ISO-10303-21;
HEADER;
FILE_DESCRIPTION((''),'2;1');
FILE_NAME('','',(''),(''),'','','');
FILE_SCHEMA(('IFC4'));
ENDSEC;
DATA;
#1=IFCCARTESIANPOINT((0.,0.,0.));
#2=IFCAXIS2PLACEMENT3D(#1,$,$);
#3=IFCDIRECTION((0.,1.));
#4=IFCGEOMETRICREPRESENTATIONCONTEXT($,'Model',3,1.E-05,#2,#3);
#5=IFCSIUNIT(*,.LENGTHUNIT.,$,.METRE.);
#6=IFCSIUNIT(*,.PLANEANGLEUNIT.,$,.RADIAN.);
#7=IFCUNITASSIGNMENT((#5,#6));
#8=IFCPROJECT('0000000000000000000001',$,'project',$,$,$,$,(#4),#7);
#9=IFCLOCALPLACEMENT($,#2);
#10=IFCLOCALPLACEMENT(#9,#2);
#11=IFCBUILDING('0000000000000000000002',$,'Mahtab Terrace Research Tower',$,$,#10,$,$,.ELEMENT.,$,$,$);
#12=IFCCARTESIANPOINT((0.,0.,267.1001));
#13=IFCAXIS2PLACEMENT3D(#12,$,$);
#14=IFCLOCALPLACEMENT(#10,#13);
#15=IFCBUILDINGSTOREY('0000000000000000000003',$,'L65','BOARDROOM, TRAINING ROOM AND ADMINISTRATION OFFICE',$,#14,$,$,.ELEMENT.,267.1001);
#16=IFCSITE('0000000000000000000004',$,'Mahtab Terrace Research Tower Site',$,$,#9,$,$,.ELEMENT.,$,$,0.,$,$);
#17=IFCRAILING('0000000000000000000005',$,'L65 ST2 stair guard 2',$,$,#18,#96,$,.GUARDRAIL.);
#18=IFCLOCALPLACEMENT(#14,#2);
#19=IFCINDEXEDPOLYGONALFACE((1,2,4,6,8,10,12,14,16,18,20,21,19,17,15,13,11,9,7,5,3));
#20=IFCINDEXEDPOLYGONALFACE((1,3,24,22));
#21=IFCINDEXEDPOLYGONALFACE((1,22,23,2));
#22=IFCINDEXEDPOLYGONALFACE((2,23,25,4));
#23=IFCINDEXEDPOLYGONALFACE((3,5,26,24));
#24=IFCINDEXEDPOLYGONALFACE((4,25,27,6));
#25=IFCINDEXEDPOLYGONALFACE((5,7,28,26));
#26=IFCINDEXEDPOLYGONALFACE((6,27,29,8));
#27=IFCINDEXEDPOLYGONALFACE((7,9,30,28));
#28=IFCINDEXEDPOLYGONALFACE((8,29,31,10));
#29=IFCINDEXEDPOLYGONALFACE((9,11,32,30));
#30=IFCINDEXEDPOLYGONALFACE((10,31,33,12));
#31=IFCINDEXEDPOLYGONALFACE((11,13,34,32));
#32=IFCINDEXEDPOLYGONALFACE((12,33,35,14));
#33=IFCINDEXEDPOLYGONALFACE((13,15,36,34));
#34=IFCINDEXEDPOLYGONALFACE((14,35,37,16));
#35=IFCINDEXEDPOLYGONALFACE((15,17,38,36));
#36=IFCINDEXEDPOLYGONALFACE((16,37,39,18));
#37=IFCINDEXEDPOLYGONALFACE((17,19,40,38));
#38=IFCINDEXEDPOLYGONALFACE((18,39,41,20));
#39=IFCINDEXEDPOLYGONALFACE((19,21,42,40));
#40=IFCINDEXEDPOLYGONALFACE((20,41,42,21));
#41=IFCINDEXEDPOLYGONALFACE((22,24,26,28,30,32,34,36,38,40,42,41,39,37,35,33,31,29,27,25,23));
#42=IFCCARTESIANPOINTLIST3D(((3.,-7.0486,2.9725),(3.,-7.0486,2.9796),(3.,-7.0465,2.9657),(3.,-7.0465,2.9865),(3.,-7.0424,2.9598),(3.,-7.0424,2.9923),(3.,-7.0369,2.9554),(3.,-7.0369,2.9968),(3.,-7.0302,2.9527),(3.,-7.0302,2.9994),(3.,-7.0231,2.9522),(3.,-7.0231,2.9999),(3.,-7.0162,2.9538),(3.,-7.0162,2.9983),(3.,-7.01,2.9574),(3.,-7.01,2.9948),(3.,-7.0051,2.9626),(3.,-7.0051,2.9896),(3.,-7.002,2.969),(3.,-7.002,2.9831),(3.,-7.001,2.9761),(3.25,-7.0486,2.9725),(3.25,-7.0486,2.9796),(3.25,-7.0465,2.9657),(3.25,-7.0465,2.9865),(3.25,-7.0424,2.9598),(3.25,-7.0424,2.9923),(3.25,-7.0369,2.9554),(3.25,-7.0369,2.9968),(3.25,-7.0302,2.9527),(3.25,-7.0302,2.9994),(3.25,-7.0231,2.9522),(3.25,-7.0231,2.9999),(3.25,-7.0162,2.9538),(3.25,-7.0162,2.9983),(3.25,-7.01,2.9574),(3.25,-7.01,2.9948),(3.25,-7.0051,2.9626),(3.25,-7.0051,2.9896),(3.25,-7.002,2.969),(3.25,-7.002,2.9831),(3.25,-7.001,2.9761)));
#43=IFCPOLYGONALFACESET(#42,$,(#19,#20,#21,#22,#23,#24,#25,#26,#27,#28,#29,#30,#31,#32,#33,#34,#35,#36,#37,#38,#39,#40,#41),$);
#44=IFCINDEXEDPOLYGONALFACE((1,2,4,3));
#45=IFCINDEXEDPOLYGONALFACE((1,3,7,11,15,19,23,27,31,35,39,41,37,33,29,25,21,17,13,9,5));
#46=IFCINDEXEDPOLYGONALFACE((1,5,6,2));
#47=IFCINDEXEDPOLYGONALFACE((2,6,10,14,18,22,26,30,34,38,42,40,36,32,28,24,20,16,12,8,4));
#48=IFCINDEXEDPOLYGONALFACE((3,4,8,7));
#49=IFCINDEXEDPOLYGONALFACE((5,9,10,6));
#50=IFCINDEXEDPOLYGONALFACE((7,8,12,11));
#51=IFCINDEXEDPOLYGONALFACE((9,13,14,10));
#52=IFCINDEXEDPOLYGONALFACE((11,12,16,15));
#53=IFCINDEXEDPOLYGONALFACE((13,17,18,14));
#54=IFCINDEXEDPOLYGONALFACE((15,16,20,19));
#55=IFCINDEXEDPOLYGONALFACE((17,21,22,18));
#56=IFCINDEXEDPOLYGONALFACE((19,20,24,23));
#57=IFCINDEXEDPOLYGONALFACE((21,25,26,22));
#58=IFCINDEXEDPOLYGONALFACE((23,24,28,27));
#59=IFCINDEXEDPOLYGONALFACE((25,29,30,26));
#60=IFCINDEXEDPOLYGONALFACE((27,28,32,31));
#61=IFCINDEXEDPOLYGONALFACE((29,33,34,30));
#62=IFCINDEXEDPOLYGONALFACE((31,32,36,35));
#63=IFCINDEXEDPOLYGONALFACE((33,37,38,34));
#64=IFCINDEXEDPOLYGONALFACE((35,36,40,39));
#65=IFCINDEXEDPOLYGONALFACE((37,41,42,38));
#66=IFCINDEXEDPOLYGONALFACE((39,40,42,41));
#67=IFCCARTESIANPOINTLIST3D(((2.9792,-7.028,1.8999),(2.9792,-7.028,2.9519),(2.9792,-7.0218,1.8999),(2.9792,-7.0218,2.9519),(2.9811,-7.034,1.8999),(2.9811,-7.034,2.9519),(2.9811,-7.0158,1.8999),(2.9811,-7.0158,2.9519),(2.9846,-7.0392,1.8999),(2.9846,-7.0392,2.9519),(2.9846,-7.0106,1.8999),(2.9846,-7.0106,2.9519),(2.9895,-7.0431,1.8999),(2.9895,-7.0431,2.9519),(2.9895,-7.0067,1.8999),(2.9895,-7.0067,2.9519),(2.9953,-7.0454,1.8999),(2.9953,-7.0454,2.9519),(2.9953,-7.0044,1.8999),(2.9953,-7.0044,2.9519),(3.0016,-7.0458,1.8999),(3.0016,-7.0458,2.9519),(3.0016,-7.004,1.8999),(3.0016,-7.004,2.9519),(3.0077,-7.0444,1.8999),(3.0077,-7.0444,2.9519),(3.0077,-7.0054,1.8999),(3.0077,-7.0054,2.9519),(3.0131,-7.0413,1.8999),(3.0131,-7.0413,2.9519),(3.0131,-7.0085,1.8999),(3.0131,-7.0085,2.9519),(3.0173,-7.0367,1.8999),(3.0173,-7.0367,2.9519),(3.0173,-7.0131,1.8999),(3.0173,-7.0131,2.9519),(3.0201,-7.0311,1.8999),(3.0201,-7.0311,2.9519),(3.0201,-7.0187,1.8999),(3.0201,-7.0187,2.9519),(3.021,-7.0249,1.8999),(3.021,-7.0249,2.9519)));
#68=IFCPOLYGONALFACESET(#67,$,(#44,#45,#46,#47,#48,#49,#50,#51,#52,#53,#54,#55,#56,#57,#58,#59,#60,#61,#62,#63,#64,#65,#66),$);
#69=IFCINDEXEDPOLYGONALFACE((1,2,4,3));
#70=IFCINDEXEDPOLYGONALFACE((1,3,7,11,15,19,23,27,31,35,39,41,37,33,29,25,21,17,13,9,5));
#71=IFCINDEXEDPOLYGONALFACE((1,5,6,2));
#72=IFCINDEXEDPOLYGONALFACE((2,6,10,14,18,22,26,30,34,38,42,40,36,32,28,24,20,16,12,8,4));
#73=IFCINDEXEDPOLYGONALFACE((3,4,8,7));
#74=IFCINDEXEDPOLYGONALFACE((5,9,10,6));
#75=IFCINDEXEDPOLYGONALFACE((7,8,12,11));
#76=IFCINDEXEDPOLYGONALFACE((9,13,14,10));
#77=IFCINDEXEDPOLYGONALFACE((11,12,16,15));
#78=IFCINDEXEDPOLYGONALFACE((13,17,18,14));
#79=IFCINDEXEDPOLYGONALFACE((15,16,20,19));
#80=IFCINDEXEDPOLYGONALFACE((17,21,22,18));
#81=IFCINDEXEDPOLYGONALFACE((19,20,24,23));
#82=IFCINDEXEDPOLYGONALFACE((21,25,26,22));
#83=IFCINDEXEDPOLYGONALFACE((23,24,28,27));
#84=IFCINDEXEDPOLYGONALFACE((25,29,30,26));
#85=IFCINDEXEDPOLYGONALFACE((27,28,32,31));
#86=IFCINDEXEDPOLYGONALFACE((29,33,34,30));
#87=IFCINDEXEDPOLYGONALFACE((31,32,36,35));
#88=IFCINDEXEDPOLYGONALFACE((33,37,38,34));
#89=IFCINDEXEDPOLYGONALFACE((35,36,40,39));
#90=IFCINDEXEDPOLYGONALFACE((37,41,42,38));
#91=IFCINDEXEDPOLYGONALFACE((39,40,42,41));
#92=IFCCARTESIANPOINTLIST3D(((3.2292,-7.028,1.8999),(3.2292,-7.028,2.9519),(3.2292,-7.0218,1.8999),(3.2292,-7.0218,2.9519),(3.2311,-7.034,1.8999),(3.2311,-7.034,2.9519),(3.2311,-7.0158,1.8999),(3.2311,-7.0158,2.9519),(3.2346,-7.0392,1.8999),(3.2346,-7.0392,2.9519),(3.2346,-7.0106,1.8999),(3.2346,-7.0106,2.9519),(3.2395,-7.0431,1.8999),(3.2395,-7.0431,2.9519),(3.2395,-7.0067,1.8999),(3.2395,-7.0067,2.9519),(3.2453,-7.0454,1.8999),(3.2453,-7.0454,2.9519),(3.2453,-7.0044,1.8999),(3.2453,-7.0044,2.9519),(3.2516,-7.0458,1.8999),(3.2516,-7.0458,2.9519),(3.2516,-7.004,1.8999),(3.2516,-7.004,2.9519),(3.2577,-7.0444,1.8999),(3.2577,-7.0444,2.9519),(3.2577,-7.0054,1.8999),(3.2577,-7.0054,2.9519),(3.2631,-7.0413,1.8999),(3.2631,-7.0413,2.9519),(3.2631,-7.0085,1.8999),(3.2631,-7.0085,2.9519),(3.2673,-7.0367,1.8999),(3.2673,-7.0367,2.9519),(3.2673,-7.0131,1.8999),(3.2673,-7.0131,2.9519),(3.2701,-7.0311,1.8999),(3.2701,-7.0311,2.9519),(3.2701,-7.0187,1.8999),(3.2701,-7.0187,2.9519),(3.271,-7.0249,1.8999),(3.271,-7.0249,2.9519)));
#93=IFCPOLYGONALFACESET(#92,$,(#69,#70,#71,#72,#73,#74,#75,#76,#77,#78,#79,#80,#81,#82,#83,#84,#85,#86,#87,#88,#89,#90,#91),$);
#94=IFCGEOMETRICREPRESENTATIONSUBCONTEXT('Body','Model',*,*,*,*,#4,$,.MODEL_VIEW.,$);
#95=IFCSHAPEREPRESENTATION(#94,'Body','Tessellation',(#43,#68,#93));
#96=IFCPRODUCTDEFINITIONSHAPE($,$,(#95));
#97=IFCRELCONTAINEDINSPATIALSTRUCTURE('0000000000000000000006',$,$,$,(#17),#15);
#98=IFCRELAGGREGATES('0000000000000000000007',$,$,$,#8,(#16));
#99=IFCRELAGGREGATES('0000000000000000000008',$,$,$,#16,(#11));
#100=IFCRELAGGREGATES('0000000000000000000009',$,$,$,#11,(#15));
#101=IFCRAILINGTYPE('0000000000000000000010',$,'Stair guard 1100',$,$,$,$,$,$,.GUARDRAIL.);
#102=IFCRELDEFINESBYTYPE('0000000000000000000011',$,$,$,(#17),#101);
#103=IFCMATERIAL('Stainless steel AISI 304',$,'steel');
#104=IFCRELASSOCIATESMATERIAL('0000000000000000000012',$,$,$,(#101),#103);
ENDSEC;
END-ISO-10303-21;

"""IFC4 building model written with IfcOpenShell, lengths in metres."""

from ifc_helpers import new_model, si_unit, direction, frame, origin, origin_2d, place, context, subcontext, project, spatial, circle, extrude, material, type_object, element, save


model = new_model("IFC4")

# Units and contexts
model_context = context("Model", 3, precision=1e-05, world=origin(), true_north=direction((0.0, 1.0)))
body_context = subcontext(model_context, "Body", "Model", "MODEL_VIEW")
ifc_project = project(units=[si_unit("LENGTHUNIT", "METRE"), si_unit("PLANEANGLEUNIT", "RADIAN")], contexts=[model_context])

# Site, building, storey
site_placement = place(None, origin())
site = spatial("IfcSite", under=ifc_project, at=site_placement, Name="Mahtab Terrace Research Tower Site", CompositionType="ELEMENT", RefElevation=0.0)
building_placement = place(site_placement, origin())
building = spatial("IfcBuilding", under=site, at=building_placement, Name="Mahtab Terrace Research Tower", CompositionType="ELEMENT")
storey_placement = place(building_placement, frame((0.0, 0.0, 267.1001)))
storey = spatial("IfcBuildingStorey", under=building, at=storey_placement, Name="L65", Description="BOARDROOM, TRAINING ROOM AND ADMINISTRATION OFFICE", CompositionType="ELEMENT", Elevation=267.1001)

# Railing
ifc_material_1 = material(Name="Stainless steel AISI 304", Category="steel")
railing_type_1 = type_object("IfcRailingType", Name="Stair guard 1100", PredefinedType="GUARDRAIL", material=ifc_material_1)
railing_1_placement = place(storey_placement, frame((3.0, -7.0249, 1.8999)))
element("IfcRailing", 1, at=railing_1_placement, inside=storey, type_object=railing_type_1, Name="L65 ST2 stair guard 2", PredefinedType="GUARDRAIL", context=body_context, shape_type="SweptSolid", body=[
    extrude(circle(Radius=0.0239, at=origin_2d()), frame((0.0, 0.0, 1.0762), z_axis=(1.0, 0.0, 0.0), x_axis=(0.0, 1.0, 0.0)), (0.0, 0.0, 1.0), 0.25),
    extrude(circle(Radius=0.021, at=origin_2d()), origin(), (0.0, 0.0, 1.0), 1.052),
    extrude(circle(Radius=0.021, at=origin_2d()), frame((0.25, 0.0, 0.0)), (0.0, 0.0, 1.0), 1.052),
])

save(model, "model.ifc")
